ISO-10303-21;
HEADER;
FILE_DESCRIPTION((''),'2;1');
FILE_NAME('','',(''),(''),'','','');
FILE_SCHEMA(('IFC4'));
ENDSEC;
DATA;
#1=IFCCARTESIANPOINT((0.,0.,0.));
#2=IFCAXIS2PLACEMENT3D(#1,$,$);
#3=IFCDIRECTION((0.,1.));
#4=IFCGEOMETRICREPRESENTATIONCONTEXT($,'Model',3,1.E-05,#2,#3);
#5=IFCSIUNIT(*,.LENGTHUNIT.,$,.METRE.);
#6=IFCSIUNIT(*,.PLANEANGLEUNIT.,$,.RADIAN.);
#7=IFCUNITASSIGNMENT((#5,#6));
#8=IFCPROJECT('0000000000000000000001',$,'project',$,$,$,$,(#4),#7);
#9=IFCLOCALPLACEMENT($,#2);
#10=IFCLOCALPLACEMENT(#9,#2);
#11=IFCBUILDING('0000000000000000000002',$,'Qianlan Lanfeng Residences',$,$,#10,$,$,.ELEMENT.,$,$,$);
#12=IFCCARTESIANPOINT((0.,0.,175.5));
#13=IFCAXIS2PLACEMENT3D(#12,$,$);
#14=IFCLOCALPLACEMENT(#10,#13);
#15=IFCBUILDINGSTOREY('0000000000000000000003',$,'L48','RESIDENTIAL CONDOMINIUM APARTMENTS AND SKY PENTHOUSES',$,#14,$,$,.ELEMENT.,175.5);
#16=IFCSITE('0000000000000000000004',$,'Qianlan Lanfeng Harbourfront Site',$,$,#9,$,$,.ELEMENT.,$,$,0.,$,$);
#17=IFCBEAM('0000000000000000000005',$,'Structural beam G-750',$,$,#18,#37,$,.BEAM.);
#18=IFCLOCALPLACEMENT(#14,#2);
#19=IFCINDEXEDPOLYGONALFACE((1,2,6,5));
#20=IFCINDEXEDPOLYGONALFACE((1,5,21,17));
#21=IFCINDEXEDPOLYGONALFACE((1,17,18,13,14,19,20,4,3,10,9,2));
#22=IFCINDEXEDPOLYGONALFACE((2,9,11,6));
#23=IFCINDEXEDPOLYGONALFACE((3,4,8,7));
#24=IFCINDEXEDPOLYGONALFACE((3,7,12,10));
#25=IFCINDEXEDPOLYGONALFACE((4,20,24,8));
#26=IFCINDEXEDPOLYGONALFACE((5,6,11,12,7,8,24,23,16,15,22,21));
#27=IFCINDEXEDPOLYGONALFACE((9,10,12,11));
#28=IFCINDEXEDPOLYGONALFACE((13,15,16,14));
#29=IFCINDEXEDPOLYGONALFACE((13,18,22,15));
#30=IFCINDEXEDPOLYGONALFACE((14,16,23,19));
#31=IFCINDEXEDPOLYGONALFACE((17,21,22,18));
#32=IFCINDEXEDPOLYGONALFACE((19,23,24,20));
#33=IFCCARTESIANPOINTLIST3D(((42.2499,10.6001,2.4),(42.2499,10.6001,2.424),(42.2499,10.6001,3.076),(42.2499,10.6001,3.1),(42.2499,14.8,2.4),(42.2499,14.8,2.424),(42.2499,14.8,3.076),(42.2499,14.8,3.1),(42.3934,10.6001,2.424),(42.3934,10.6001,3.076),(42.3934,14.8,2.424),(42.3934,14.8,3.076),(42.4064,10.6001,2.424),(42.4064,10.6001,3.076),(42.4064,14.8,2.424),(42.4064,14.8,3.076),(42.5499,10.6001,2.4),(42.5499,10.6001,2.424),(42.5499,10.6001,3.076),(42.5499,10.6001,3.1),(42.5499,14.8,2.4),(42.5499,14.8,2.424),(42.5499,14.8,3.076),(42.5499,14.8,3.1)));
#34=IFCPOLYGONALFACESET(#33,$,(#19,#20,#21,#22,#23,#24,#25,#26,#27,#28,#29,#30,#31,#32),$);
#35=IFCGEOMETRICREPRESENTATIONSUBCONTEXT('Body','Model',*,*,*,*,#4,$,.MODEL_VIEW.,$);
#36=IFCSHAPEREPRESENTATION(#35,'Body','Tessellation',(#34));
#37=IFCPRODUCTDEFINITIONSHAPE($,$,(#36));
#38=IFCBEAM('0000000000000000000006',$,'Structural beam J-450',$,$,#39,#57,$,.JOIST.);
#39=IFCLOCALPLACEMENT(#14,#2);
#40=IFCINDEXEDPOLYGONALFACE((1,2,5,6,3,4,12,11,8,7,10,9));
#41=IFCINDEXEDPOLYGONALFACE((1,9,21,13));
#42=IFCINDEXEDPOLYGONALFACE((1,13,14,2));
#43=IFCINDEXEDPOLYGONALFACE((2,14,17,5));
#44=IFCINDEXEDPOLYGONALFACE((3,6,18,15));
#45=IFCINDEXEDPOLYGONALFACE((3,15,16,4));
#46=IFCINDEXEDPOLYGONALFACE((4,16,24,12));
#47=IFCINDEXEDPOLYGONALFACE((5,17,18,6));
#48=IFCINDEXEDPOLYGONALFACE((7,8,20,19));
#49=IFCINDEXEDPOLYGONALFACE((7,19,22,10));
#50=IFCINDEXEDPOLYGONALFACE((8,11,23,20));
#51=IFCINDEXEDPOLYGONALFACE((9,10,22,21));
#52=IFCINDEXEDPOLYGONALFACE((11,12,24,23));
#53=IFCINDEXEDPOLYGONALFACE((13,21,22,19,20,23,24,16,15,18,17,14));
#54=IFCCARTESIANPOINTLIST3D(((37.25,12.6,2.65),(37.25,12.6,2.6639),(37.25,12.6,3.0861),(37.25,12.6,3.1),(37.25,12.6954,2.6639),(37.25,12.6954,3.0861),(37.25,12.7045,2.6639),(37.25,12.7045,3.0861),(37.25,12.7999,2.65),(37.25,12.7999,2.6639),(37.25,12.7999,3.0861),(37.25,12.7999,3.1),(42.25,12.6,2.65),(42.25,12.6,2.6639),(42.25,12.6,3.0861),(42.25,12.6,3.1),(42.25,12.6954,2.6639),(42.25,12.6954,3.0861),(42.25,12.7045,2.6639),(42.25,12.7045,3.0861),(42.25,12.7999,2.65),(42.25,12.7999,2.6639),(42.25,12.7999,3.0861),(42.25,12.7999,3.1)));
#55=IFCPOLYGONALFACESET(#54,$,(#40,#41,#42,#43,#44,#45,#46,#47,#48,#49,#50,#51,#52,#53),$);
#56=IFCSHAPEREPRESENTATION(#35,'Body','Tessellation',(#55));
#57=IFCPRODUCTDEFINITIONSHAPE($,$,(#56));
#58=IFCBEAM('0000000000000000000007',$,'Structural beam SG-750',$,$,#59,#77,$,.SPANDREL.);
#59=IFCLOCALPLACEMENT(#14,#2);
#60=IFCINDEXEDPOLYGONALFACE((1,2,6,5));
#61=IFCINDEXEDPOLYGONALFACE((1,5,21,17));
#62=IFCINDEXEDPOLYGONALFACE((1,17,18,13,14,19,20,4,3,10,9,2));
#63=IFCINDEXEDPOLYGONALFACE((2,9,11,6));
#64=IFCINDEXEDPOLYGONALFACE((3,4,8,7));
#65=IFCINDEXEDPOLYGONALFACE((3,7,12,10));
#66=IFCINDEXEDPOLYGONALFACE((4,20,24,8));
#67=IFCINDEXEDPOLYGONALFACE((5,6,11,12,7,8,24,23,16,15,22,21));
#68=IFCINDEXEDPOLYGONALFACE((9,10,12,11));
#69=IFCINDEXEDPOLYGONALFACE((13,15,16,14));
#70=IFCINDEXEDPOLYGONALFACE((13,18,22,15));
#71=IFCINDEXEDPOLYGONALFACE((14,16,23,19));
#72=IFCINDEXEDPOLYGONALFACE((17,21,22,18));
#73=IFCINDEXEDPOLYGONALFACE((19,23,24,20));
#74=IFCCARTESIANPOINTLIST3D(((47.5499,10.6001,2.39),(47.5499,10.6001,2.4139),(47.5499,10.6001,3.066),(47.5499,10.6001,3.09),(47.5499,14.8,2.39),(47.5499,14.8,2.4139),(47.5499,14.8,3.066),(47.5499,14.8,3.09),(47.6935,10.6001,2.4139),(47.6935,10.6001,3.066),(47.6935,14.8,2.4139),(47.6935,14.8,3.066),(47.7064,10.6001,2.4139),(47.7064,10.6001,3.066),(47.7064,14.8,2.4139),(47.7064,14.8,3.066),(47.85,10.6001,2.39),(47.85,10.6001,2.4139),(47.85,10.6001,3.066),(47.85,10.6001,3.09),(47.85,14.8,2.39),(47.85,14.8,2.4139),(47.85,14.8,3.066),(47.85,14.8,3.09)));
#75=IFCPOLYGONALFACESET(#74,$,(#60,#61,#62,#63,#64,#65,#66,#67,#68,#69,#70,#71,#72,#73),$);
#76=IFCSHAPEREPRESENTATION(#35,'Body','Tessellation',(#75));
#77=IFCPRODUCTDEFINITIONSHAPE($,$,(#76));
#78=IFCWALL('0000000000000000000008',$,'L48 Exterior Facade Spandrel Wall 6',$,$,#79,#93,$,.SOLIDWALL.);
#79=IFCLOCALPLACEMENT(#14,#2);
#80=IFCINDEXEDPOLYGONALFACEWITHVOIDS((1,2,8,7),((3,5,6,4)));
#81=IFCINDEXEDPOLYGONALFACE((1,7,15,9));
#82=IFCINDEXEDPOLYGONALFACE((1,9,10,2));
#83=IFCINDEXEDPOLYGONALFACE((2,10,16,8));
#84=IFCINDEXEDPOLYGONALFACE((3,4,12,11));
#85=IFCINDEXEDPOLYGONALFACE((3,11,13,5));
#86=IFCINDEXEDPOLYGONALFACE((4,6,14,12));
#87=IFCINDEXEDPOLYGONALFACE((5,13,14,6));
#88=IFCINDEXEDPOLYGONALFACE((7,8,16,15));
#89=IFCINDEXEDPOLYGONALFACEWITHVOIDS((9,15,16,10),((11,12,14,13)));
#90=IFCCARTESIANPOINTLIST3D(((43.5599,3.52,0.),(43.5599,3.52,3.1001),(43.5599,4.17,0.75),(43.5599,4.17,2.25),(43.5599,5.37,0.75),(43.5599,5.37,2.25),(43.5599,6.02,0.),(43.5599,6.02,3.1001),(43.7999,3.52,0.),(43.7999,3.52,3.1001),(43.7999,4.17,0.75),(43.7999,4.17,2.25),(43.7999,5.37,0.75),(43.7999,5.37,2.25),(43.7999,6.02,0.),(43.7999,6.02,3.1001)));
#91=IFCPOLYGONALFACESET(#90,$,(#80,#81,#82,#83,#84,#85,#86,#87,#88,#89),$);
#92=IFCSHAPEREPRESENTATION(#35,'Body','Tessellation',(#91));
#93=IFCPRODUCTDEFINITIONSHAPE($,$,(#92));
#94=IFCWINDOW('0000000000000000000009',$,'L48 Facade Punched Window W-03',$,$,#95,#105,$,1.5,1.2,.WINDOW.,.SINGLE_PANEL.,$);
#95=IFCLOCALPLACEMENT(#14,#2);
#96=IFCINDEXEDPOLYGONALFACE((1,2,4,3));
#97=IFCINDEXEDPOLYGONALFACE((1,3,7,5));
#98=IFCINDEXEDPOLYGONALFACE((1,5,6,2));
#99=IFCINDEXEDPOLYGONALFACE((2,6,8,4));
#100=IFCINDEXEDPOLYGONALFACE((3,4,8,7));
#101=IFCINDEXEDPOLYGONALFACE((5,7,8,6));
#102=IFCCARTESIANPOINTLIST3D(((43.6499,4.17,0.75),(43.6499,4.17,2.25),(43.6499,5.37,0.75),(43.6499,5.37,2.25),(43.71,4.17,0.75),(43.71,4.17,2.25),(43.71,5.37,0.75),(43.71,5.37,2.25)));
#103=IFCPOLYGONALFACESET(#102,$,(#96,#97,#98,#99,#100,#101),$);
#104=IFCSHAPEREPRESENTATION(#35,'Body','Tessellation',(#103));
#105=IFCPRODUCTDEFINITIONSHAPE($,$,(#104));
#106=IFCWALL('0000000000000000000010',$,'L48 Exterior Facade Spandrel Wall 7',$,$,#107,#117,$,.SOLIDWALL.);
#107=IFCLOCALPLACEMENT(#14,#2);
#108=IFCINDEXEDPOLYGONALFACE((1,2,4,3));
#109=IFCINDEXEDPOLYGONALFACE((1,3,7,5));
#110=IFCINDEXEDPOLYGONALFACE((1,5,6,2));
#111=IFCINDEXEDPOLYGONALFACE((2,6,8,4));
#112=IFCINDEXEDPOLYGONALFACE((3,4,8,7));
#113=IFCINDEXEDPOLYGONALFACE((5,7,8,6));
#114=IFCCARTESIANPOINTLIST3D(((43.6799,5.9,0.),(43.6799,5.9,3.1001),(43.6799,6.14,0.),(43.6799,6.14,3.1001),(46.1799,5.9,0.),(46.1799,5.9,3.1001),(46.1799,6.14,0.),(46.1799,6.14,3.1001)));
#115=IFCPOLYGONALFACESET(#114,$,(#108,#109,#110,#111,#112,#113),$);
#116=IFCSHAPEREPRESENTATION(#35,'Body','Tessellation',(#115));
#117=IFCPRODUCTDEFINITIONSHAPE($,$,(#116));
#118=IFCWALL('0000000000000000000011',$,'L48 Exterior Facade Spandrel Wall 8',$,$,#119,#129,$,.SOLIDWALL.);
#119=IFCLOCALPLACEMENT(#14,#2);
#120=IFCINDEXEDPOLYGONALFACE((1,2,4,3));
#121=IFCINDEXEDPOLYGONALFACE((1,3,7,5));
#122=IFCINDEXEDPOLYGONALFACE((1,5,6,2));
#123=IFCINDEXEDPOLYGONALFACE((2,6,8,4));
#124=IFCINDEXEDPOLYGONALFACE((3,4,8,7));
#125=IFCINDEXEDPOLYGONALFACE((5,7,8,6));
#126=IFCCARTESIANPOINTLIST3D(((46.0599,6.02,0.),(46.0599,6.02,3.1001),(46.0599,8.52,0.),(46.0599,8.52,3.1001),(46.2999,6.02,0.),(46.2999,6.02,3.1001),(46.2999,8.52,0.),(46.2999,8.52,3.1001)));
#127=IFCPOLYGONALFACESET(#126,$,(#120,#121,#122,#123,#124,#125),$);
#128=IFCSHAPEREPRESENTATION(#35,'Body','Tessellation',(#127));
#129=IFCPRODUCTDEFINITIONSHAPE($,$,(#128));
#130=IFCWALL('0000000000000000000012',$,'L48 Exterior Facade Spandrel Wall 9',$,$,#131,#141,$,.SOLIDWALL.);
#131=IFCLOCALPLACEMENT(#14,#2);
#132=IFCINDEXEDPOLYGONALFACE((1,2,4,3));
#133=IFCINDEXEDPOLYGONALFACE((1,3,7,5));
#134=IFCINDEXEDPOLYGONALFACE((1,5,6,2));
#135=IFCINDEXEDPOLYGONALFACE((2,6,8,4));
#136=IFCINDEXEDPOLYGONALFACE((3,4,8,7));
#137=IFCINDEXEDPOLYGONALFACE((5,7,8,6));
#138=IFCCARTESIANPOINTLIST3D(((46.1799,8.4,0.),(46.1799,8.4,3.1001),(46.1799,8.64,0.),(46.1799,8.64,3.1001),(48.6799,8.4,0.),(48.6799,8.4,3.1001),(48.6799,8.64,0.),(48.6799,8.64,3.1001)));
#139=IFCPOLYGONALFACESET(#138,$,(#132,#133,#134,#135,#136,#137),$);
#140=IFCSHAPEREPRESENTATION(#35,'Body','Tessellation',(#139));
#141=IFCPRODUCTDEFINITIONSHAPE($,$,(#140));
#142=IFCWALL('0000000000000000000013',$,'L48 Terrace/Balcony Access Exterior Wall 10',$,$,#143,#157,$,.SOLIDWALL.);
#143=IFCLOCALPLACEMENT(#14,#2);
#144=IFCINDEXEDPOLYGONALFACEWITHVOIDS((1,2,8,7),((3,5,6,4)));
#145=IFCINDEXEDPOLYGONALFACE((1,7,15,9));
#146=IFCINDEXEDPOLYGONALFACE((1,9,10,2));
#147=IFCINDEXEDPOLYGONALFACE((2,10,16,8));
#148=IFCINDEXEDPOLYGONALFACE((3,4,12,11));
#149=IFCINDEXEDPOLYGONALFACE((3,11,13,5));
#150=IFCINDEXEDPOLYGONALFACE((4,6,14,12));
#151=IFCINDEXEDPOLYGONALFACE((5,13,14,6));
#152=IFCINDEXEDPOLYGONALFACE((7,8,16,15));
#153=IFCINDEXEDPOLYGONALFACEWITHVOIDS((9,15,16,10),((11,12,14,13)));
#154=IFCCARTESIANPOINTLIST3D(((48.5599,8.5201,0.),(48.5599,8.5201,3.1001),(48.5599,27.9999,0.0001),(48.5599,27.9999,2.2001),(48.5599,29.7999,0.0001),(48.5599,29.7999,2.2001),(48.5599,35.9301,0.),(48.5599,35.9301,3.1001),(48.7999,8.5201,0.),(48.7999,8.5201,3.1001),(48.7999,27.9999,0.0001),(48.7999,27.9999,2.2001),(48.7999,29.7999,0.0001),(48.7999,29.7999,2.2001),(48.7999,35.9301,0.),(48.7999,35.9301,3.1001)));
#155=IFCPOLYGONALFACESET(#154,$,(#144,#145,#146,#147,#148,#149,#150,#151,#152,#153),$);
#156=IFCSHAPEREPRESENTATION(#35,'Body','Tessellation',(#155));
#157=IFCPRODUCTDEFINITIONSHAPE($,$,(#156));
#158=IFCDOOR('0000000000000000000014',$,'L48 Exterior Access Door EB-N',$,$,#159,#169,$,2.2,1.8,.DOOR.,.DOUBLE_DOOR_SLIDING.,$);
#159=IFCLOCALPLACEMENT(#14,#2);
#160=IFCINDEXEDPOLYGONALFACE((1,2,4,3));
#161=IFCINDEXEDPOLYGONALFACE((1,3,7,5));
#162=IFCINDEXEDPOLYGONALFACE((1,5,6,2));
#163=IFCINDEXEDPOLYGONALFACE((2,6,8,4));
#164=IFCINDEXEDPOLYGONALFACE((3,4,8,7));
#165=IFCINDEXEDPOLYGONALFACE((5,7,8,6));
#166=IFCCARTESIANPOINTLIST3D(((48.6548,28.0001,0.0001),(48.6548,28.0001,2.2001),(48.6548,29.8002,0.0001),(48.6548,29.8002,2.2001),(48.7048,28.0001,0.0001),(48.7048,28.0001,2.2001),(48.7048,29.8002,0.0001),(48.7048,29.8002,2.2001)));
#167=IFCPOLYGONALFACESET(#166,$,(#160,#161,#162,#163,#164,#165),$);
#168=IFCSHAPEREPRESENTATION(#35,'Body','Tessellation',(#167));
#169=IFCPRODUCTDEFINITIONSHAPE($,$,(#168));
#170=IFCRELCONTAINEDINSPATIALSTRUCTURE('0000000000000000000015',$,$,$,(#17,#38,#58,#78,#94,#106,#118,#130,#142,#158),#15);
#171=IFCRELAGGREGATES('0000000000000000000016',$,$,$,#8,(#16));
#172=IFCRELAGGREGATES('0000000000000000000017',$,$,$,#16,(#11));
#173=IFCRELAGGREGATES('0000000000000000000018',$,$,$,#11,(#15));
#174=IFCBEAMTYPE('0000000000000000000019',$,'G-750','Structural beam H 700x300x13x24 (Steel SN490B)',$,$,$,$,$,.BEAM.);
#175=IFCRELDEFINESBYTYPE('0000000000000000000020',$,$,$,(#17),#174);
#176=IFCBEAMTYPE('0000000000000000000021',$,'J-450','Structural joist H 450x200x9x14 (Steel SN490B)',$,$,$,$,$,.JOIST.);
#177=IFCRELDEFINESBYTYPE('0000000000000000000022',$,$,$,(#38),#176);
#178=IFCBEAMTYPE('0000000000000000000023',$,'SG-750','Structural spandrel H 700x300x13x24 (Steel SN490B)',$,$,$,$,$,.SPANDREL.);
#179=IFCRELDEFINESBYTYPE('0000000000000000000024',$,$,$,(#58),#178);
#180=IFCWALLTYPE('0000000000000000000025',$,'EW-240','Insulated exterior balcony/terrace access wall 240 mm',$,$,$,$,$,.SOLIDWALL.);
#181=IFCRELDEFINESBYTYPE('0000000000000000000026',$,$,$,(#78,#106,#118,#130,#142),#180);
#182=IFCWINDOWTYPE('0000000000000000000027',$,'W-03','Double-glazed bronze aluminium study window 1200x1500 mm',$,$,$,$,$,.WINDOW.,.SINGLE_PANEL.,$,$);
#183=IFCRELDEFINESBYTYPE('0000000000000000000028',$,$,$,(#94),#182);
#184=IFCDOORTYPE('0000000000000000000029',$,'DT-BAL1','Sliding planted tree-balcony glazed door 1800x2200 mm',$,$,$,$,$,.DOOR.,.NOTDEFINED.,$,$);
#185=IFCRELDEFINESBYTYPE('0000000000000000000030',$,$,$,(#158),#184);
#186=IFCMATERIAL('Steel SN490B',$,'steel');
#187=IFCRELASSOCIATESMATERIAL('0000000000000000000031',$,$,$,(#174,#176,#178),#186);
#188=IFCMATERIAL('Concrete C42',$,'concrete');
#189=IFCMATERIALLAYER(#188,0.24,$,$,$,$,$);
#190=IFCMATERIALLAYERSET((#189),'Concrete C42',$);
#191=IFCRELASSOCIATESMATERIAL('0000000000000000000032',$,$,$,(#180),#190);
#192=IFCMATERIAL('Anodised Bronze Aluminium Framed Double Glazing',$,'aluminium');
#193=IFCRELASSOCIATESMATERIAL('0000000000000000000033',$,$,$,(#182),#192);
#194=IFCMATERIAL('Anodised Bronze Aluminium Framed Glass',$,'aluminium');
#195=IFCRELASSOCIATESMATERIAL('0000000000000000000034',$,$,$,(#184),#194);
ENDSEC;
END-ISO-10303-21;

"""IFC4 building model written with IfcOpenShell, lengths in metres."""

from ifc_helpers import new_model, si_unit, direction, frame, frame_2d, origin, origin_2d, place, context, subcontext, project, spatial, rectangle, i_section, extrude, material, layer, layer_set, material_profile, profile_set, type_object, element, fill, save


model = new_model("IFC4")

# Units and contexts
model_context = context("Model", 3, precision=1e-05, world=origin(), true_north=direction((0.0, 1.0)))
body_context = subcontext(model_context, "Body", "Model", "MODEL_VIEW")
ifc_project = project(units=[si_unit("LENGTHUNIT", "METRE"), si_unit("PLANEANGLEUNIT", "RADIAN")], contexts=[model_context])

# Site, building, storey
site_placement = place(None, origin())
site = spatial("IfcSite", under=ifc_project, at=site_placement, Name="Qianlan Lanfeng Harbourfront Site", CompositionType="ELEMENT", RefElevation=0.0)
building_placement = place(site_placement, origin())
building = spatial("IfcBuilding", under=site, at=building_placement, Name="Qianlan Lanfeng Residences", CompositionType="ELEMENT")
storey_placement = place(building_placement, frame((0.0, 0.0, 175.5)))
storey = spatial("IfcBuildingStorey", under=building, at=storey_placement, Name="L48", Description="RESIDENTIAL CONDOMINIUM APARTMENTS AND SKY PENTHOUSES", CompositionType="ELEMENT", Elevation=175.5)

# Shared definitions
ifc_material_1 = material(Name="Steel SN490B", Category="steel")

# Beams
ifc_material_profile_1 = material_profile(ifc_material_1, i_section(OverallWidth=0.3, OverallDepth=0.7, WebThickness=0.0129, FlangeThickness=0.0239, at=origin_2d()), Name="H 700x300x13x24")
ifc_profile_set_1 = profile_set([ifc_material_profile_1], Name="Steel SN490B")
beam_type_1 = type_object("IfcBeamType", Name="G-750", Description="Structural beam H 700x300x13x24 (Steel SN490B)", PredefinedType="BEAM", material=ifc_profile_set_1)
beam_1_placement = place(storey_placement, frame((42.3999, 10.6001, 2.75), z_axis=(0.0, 1.0, 0.0), x_axis=(-1.0, 0.0, 0.0)))
element("IfcBeam", 1, at=beam_1_placement, inside=storey, type_object=beam_type_1, Name="Structural beam G-750", PredefinedType="BEAM", context=body_context, shape_type="SweptSolid", body=[
    extrude(i_section(OverallWidth=0.3, OverallDepth=0.7, WebThickness=0.0129, FlangeThickness=0.0239, at=origin_2d()), origin(), (0.0, 0.0, 1.0), 4.2),
])
ifc_material_profile_2 = material_profile(ifc_material_1, i_section(OverallWidth=0.2, OverallDepth=0.45, WebThickness=0.009, FlangeThickness=0.0139, at=origin_2d()), Name="H 450x200x9x14")
ifc_profile_set_2 = profile_set([ifc_material_profile_2], Name="Steel SN490B")
beam_type_2 = type_object("IfcBeamType", Name="J-450", Description="Structural joist H 450x200x9x14 (Steel SN490B)", PredefinedType="JOIST", material=ifc_profile_set_2)
beam_2_placement = place(storey_placement, frame((37.25, 12.7, 2.875), z_axis=(1.0, 0.0, 0.0), x_axis=(0.0, 1.0, 0.0)))
element("IfcBeam", 2, at=beam_2_placement, inside=storey, type_object=beam_type_2, Name="Structural beam J-450", PredefinedType="JOIST", context=body_context, shape_type="SweptSolid", body=[
    extrude(i_section(OverallWidth=0.2, OverallDepth=0.45, WebThickness=0.009, FlangeThickness=0.0139, at=origin_2d()), origin(), (0.0, 0.0, 1.0), 5.0),
])
ifc_material_profile_3 = material_profile(ifc_material_1, i_section(OverallWidth=0.3, OverallDepth=0.7, WebThickness=0.0129, FlangeThickness=0.0239, at=origin_2d()), Name="H 700x300x13x24")
ifc_profile_set_3 = profile_set([ifc_material_profile_3], Name="Steel SN490B")
beam_type_3 = type_object("IfcBeamType", Name="SG-750", Description="Structural spandrel H 700x300x13x24 (Steel SN490B)", PredefinedType="SPANDREL", material=ifc_profile_set_3)
beam_3_placement = place(storey_placement, frame((47.7, 10.6001, 2.74), z_axis=(0.0, 1.0, 0.0), x_axis=(-1.0, 0.0, 0.0)))
element("IfcBeam", 3, at=beam_3_placement, inside=storey, type_object=beam_type_3, Name="Structural beam SG-750", PredefinedType="SPANDREL", context=body_context, shape_type="SweptSolid", body=[
    extrude(i_section(OverallWidth=0.3, OverallDepth=0.7, WebThickness=0.0129, FlangeThickness=0.0239, at=origin_2d()), origin(), (0.0, 0.0, 1.0), 4.2),
])

# Wall, opening, window
ifc_material_2 = material(Name="Concrete C42", Category="concrete")
ifc_layer_1 = layer(ifc_material_2, 0.24)
ifc_layer_set_1 = layer_set([ifc_layer_1], Name="Concrete C42")
wall_type_1 = type_object("IfcWallType", Name="EW-240", Description="Insulated exterior balcony/terrace access wall 240 mm", PredefinedType="SOLIDWALL", material=ifc_layer_set_1)
wall_1_placement = place(storey_placement, frame((43.6799, 3.52, 0.0), z_axis=(0.0, 0.0, 1.0), x_axis=(0.0, 1.0, 0.0)))
wall_1 = element("IfcWall", 4, at=wall_1_placement, inside=storey, type_object=wall_type_1, Name="L48 Exterior Facade Spandrel Wall 6", PredefinedType="SOLIDWALL", context=body_context, shape_type="SweptSolid", body=[
    extrude(rectangle(XDim=2.5, YDim=0.24, at=frame_2d((1.25, 0.0))), origin(), (0.0, 0.0, 1.0), 3.1001),
])
opening_1_placement = place(wall_1_placement, frame((0.6499, 0.0, 0.75)))
opening_1 = element("IfcOpeningElement", 5, at=opening_1_placement, cuts=wall_1, PredefinedType="OPENING", context=body_context, shape_type="SweptSolid", body=[
    extrude(rectangle(XDim=1.2, YDim=1.5, at=frame_2d((0.6001, 0.75))), frame((0.0, 0.1299, 0.0), z_axis=(0.0, -1.0, 0.0), x_axis=(1.0, 0.0, 0.0)), (0.0, 0.0, 1.0), 0.26),
])
ifc_material_3 = material(Name="Anodised Bronze Aluminium Framed Double Glazing", Category="aluminium")
window_type = type_object("IfcWindowType", Name="W-03", Description="Double-glazed bronze aluminium study window 1200x1500 mm", PartitioningType="SINGLE_PANEL", PredefinedType="WINDOW", material=ifc_material_3)
window_placement = place(opening_1_placement, origin())
window = element("IfcWindow", 6, at=window_placement, inside=storey, type_object=window_type, Name="L48 Facade Punched Window W-03", OverallHeight=1.5, OverallWidth=1.2, PartitioningType="SINGLE_PANEL", PredefinedType="WINDOW", context=body_context, shape_type="SweptSolid", body=[
    extrude(rectangle(XDim=1.2, YDim=1.5, at=frame_2d((0.6001, 0.75))), frame((0.0, 0.03, 0.0), z_axis=(0.0, -1.0, 0.0), x_axis=(1.0, 0.0, 0.0)), (0.0, 0.0, 1.0), 0.0601),
])
fill(opening_1, window)

# Walls
for number, where, z_axis, x_axis, name in (
    (7, (43.6799, 6.02, 0.0), (0.0, 0.0, 1.0), (1.0, 0.0, 0.0), "L48 Exterior Facade Spandrel Wall 7"),
    (8, (46.1799, 6.02, 0.0), (0.0, 0.0, 1.0), (0.0, 1.0, 0.0), "L48 Exterior Facade Spandrel Wall 8"),
    (9, (46.1799, 8.52, 0.0), (0.0, 0.0, 1.0), (1.0, 0.0, 0.0), "L48 Exterior Facade Spandrel Wall 9"),
):
    element("IfcWall", number, at=place(storey_placement, frame(where, z_axis=z_axis, x_axis=x_axis)), inside=storey, type_object=wall_type_1, Name=name, PredefinedType="SOLIDWALL", context=body_context, shape_type="SweptSolid", body=[
        extrude(rectangle(XDim=2.5, YDim=0.24, at=frame_2d((1.25, 0.0))), origin(), (0.0, 0.0, 1.0), 3.1001),
    ])

# Wall, opening, door
wall_2_placement = place(storey_placement, frame((48.6799, 8.52, 0.0), z_axis=(0.0, 0.0, 1.0), x_axis=(0.0, 1.0, 0.0)))
wall_2 = element("IfcWall", 10, at=wall_2_placement, inside=storey, type_object=wall_type_1, Name="L48 Terrace/Balcony Access Exterior Wall 10", PredefinedType="SOLIDWALL", context=body_context, shape_type="SweptSolid", body=[
    extrude(rectangle(XDim=27.4099, YDim=0.24, at=frame_2d((13.7051, 0.0))), origin(), (0.0, 0.0, 1.0), 3.1001),
])
opening_2_placement = place(wall_2_placement, frame((19.48, 0.0, 0.0)))
opening_2 = element("IfcOpeningElement", 11, at=opening_2_placement, cuts=wall_2, PredefinedType="OPENING", context=body_context, shape_type="SweptSolid", body=[
    extrude(rectangle(XDim=1.8, YDim=2.2, at=frame_2d((0.8999, 1.1001))), frame((0.0, 0.1299, 0.0), z_axis=(0.0, -1.0, 0.0), x_axis=(1.0, 0.0, 0.0)), (0.0, 0.0, 1.0), 0.26),
])
ifc_material_4 = material(Name="Anodised Bronze Aluminium Framed Glass", Category="aluminium")
door_type_1 = type_object("IfcDoorType", Name="DT-BAL1", Description="Sliding planted tree-balcony glazed door 1800x2200 mm", OperationType="NOTDEFINED", PredefinedType="DOOR", material=ifc_material_4)
door_1_placement = place(opening_2_placement, frame((1.8, 0.0, 0.0), z_axis=(0.0, 0.0, 1.0), x_axis=(-1.0, 0.0, 0.0)))
door_1 = element("IfcDoor", 12, at=door_1_placement, inside=storey, type_object=door_type_1, Name="L48 Exterior Access Door EB-N", OperationType="DOUBLE_DOOR_SLIDING", OverallHeight=2.2, OverallWidth=1.8, PredefinedType="DOOR", context=body_context, shape_type="SweptSolid", body=[
    extrude(rectangle(XDim=1.8, YDim=2.2, at=frame_2d((0.8999, 1.1001))), frame((0.0, 0.0249, 0.0), z_axis=(0.0, -1.0, 0.0), x_axis=(1.0, 0.0, 0.0)), (0.0, 0.0, 1.0), 0.05),
])
fill(opening_2, door_1)

save(model, "model.ifc")
